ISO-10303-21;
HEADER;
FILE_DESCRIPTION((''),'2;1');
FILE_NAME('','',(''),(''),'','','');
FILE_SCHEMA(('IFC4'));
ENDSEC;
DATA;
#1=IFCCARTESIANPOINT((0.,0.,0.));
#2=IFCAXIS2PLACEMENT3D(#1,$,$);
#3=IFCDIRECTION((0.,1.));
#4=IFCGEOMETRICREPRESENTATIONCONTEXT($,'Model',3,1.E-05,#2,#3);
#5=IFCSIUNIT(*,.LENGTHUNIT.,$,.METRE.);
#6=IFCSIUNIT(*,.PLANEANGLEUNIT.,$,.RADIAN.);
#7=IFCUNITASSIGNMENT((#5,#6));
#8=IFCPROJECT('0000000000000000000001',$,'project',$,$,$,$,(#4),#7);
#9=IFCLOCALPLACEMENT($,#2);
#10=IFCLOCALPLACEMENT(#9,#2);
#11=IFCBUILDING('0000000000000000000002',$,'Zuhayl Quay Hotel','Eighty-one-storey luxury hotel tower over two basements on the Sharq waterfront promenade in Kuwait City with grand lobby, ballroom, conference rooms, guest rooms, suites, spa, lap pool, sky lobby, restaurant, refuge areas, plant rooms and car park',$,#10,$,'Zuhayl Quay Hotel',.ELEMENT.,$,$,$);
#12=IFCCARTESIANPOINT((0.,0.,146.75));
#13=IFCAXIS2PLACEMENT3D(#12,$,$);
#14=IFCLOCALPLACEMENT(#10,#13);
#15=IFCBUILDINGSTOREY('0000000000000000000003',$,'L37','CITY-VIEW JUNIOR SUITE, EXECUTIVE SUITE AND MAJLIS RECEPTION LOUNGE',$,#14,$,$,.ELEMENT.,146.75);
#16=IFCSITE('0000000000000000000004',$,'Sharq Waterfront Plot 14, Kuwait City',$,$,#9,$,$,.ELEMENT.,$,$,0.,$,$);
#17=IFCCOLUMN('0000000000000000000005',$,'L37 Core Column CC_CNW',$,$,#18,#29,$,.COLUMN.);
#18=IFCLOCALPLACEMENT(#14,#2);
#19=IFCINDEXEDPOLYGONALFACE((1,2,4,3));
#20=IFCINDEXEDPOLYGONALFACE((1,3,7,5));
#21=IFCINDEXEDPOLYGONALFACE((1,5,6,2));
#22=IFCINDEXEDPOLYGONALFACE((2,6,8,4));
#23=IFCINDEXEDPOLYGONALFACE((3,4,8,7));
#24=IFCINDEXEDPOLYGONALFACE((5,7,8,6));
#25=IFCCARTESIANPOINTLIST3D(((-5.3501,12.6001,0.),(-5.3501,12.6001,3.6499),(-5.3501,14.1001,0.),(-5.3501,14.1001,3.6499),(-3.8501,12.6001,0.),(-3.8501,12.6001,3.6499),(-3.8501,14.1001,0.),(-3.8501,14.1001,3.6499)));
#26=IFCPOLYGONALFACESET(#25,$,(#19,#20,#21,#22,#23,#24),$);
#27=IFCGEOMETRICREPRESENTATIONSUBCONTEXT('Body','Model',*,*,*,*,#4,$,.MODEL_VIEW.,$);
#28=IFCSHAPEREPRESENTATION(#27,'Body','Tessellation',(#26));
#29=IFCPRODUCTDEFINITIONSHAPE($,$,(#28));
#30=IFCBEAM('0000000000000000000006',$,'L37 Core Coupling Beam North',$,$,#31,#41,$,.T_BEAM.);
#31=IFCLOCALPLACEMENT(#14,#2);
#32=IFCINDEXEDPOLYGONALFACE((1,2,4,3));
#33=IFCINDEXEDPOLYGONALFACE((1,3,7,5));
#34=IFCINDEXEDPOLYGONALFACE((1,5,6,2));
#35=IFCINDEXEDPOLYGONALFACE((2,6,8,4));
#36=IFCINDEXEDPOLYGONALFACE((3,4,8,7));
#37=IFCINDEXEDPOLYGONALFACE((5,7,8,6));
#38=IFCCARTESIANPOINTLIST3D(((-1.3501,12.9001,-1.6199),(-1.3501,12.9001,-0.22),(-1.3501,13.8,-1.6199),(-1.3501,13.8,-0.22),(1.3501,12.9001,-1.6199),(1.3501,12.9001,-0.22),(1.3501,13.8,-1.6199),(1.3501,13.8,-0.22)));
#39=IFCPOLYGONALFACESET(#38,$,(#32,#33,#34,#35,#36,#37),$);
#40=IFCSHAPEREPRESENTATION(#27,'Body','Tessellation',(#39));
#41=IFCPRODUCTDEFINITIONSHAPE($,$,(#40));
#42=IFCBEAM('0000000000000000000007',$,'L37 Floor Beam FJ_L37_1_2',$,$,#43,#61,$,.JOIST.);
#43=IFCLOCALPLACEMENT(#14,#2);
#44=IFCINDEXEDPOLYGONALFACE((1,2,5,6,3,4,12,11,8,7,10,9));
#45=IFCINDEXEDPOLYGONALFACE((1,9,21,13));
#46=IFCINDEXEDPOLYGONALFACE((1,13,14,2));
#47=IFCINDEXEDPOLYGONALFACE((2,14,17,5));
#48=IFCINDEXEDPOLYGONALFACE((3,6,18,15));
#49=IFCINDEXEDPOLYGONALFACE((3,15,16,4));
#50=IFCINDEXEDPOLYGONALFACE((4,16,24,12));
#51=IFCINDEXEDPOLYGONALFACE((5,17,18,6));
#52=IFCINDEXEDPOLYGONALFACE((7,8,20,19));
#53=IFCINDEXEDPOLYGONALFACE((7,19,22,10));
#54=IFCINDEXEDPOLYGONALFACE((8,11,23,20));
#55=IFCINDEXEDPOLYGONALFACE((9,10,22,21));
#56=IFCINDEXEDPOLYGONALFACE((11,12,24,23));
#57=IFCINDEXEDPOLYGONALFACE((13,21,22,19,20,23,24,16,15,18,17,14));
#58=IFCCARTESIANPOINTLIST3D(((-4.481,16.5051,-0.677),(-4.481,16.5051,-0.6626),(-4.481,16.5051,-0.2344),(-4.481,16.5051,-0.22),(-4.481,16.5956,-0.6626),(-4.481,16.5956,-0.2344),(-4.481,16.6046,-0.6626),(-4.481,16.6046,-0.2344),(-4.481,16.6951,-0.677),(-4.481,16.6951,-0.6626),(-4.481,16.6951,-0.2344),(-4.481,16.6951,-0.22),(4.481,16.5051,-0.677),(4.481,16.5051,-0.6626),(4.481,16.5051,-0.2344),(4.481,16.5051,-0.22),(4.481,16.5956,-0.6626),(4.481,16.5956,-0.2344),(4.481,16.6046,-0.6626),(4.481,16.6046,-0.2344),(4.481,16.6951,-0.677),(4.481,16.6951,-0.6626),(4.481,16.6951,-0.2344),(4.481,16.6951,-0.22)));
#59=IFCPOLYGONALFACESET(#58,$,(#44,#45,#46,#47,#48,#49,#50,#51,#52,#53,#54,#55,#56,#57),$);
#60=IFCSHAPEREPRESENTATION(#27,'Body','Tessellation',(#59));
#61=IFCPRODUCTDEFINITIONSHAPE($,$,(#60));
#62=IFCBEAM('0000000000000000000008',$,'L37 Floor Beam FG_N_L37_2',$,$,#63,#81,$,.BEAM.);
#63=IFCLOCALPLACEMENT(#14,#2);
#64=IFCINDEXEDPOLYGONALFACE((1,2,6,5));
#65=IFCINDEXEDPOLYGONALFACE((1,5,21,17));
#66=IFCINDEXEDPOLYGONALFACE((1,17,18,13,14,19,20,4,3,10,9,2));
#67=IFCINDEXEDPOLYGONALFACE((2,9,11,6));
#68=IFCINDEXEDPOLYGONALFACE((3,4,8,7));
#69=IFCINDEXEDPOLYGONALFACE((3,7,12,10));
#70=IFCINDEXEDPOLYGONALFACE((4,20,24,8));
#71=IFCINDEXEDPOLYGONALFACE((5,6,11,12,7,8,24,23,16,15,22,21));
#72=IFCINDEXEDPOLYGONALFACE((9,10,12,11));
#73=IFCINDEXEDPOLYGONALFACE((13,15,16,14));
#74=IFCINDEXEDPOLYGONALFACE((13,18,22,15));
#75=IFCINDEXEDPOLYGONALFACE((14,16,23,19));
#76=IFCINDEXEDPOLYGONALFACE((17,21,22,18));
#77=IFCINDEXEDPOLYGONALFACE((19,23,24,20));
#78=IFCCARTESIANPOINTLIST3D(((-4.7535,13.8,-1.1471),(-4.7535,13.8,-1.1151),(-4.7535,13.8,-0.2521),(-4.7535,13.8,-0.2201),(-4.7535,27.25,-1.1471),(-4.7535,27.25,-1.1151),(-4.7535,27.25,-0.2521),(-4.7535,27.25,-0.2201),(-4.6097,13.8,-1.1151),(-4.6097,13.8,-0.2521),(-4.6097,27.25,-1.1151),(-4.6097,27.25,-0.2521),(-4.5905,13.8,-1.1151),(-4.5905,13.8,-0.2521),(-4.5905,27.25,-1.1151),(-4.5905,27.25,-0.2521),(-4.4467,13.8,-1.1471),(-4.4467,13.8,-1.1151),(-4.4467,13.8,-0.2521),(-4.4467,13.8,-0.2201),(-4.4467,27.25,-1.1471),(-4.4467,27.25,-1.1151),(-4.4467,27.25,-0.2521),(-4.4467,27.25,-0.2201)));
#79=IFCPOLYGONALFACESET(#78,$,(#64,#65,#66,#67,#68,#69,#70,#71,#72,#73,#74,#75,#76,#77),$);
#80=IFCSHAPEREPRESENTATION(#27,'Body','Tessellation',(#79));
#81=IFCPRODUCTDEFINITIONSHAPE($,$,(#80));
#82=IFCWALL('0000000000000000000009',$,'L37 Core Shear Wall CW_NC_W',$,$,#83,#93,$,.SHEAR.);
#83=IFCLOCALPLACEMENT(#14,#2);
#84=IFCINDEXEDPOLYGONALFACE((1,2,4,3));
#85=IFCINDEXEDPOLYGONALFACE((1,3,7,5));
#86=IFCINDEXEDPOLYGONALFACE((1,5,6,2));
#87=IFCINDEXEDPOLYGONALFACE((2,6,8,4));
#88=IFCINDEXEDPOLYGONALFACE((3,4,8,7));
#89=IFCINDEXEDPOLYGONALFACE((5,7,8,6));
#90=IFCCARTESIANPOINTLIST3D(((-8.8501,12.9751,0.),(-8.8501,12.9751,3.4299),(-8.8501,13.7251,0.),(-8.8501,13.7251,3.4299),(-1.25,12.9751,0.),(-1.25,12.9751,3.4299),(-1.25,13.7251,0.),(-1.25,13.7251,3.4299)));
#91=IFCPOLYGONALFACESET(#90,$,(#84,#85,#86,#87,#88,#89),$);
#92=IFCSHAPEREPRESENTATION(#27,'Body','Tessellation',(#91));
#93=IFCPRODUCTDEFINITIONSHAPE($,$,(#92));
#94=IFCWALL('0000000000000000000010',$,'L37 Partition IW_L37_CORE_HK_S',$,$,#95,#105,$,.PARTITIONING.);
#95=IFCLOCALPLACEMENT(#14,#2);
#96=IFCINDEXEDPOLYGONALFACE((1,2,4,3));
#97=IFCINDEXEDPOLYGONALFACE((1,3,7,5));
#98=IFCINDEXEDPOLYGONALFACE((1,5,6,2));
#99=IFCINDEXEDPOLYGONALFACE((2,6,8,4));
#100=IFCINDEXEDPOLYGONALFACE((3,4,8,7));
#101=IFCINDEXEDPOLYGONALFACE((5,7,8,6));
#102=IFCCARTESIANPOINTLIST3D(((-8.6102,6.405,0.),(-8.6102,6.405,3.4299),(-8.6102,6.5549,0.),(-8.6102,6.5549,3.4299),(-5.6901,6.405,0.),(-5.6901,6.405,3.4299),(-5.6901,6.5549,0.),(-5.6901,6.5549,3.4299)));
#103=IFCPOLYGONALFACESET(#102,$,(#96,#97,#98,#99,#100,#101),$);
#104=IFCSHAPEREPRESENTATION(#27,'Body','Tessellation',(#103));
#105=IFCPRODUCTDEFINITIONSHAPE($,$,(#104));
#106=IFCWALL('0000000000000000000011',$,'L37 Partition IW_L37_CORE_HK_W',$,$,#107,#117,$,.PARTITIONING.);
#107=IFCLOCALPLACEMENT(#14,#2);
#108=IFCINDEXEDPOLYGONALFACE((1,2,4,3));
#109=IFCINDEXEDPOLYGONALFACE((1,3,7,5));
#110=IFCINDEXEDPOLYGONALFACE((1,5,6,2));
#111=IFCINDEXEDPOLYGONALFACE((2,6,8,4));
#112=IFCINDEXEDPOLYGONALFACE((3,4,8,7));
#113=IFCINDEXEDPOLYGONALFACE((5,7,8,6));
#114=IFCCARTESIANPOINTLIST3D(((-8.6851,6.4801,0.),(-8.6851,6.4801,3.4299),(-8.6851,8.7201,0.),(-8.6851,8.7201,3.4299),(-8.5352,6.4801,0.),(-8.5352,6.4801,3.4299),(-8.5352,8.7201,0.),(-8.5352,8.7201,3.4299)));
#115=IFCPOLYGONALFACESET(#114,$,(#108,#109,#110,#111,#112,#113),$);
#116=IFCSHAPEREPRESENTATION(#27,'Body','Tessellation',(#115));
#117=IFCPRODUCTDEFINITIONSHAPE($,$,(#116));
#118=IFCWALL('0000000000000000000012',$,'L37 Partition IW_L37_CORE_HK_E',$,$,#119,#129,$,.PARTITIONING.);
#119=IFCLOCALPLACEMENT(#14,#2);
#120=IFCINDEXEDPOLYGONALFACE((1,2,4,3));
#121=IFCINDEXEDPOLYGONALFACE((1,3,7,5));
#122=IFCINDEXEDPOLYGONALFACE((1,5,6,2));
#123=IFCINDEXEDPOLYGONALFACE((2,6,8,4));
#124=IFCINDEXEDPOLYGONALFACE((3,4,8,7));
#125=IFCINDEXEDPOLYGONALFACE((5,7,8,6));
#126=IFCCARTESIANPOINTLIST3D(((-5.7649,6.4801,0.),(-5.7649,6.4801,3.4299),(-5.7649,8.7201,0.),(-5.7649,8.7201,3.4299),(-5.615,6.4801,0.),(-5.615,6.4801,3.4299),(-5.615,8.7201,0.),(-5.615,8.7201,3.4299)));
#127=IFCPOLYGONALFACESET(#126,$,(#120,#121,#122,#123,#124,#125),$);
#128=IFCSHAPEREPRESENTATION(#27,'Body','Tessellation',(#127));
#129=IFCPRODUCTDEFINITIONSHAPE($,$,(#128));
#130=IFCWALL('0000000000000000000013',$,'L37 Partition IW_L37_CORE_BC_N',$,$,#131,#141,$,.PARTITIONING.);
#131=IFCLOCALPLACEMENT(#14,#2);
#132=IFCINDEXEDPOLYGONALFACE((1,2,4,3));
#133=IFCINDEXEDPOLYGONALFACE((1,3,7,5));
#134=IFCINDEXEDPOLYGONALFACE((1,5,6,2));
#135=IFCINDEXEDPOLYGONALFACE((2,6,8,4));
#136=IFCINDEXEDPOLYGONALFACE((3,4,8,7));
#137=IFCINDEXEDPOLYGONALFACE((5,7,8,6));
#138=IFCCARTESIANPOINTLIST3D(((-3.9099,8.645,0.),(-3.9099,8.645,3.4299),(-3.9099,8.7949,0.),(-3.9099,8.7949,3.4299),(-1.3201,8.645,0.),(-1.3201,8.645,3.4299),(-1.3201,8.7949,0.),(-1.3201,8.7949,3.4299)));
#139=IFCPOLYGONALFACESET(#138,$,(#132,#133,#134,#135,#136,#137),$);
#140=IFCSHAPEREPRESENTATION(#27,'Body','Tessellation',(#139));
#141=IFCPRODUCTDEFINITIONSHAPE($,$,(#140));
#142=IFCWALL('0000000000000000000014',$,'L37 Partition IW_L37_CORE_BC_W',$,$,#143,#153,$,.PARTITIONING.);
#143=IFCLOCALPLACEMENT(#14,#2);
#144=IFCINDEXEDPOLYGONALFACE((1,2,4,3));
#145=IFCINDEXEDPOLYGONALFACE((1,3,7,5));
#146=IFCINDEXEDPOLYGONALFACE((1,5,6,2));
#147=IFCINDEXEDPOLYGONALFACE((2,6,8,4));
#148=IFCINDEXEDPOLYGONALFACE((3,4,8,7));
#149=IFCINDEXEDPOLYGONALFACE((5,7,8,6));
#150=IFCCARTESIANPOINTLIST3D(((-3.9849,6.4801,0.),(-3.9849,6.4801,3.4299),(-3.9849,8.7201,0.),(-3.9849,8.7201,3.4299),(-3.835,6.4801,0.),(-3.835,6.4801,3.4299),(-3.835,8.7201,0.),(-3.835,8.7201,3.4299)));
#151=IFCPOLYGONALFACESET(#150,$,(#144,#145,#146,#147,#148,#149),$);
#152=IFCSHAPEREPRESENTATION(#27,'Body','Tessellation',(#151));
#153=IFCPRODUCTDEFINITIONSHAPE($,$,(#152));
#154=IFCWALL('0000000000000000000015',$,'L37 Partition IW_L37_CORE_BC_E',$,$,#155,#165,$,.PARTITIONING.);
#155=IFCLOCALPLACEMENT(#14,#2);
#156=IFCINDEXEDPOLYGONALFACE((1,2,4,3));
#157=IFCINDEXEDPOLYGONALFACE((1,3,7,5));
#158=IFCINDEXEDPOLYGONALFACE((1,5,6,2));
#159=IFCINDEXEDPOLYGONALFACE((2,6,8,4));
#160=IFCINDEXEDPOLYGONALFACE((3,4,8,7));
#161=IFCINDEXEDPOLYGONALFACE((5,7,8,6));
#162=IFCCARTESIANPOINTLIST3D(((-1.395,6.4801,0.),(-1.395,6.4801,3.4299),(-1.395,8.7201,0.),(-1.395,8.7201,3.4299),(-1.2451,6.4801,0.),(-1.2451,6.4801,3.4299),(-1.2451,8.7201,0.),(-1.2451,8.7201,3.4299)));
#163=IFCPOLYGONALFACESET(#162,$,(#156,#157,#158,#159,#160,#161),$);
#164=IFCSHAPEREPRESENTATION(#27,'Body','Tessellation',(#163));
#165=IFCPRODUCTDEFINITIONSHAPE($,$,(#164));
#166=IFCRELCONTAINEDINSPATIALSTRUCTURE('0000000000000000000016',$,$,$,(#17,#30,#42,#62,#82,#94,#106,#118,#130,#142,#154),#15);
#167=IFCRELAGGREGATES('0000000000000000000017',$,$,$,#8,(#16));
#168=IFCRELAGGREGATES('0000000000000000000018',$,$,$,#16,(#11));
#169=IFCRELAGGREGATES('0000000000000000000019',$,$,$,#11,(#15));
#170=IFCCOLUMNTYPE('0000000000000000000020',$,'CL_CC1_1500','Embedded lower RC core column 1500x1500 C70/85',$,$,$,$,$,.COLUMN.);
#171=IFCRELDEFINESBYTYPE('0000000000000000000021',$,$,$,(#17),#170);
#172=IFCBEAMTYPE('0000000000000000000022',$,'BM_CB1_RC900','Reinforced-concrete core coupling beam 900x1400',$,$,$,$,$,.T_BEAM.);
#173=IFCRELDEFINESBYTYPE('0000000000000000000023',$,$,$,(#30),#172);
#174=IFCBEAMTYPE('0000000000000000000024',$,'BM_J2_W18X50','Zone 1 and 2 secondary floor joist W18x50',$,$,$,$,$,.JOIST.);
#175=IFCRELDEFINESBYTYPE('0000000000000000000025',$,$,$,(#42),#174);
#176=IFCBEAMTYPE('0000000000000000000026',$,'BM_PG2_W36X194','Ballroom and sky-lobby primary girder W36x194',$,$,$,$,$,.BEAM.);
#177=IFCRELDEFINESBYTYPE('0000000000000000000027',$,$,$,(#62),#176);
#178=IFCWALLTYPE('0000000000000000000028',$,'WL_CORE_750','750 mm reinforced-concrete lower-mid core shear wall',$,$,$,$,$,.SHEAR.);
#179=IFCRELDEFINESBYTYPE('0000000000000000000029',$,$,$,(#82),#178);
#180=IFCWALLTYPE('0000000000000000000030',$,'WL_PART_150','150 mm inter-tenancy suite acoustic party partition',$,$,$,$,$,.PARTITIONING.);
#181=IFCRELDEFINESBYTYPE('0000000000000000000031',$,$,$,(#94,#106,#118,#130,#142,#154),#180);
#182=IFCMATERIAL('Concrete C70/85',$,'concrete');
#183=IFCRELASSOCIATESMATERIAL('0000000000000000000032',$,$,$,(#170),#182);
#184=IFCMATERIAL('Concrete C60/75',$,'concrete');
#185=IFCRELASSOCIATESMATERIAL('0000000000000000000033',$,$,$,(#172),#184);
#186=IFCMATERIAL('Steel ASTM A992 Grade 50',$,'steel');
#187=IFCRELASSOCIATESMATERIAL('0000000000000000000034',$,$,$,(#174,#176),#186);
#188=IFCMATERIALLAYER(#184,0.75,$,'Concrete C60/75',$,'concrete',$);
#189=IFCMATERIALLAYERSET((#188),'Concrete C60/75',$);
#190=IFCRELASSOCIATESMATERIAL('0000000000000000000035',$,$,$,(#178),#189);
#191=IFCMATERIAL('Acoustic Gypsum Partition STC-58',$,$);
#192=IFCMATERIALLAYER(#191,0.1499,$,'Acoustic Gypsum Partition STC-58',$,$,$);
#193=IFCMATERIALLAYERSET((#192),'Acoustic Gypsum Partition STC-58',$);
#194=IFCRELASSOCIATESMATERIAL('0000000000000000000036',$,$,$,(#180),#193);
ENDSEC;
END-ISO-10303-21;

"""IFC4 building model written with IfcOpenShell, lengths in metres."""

from ifc_helpers import new_model, si_unit, direction, frame, frame_2d, origin, origin_2d, place, context, subcontext, project, spatial, rectangle, i_section, extrude, material, layer, layer_set, material_profile, profile_set, type_object, element, save


model = new_model("IFC4")

# Units and contexts
model_context = context("Model", 3, precision=1e-05, world=origin(), true_north=direction((0.0, 1.0)))
body_context = subcontext(model_context, "Body", "Model", "MODEL_VIEW")
ifc_project = project(units=[si_unit("LENGTHUNIT", "METRE"), si_unit("PLANEANGLEUNIT", "RADIAN")], contexts=[model_context])

# Site, building, storey
site_placement = place(None, origin())
site = spatial("IfcSite", under=ifc_project, at=site_placement, Name="Sharq Waterfront Plot 14, Kuwait City", CompositionType="ELEMENT", RefElevation=0.0)
building_placement = place(site_placement, origin())
building = spatial("IfcBuilding", under=site, at=building_placement, Name="Zuhayl Quay Hotel", Description="Eighty-one-storey luxury hotel tower over two basements on the Sharq waterfront promenade in Kuwait City with grand lobby, ballroom, conference rooms, guest rooms, suites, spa, lap pool, sky lobby, restaurant, refuge areas, plant rooms and car park", LongName="Zuhayl Quay Hotel", CompositionType="ELEMENT")
storey_placement = place(building_placement, frame((0.0, 0.0, 146.75)))
storey = spatial("IfcBuildingStorey", under=building, at=storey_placement, Name="L37", Description="CITY-VIEW JUNIOR SUITE, EXECUTIVE SUITE AND MAJLIS RECEPTION LOUNGE", CompositionType="ELEMENT", Elevation=146.75)

# Column
ifc_material_1 = material(Name="Concrete C70/85", Category="concrete")
ifc_material_profile_1 = material_profile(ifc_material_1, rectangle(XDim=1.5, YDim=1.5, at=origin_2d()), Name="RC1500X1500")
ifc_profile_set_1 = profile_set([ifc_material_profile_1], Name="Concrete C70/85")
column_type = type_object("IfcColumnType", Name="CL_CC1_1500", Description="Embedded lower RC core column 1500x1500 C70/85", PredefinedType="COLUMN", material=ifc_profile_set_1)
column_placement = place(storey_placement, frame((-4.6001, 13.3501, 0.0), z_axis=(0.0, 0.0, 1.0), x_axis=(1.0, 0.0, 0.0)))
element("IfcColumn", 1, at=column_placement, inside=storey, type_object=column_type, Name="L37 Core Column CC_CNW", PredefinedType="COLUMN", context=body_context, shape_type="SweptSolid", body=[
    extrude(rectangle(XDim=1.5, YDim=1.5, at=origin_2d()), origin(), (0.0, 0.0, 1.0), 3.6499),
])

# Beams
ifc_material_2 = material(Name="Concrete C60/75", Category="concrete")
ifc_material_profile_2 = material_profile(ifc_material_2, rectangle(XDim=0.8999, YDim=1.3999, at=origin_2d()), Name="RC900X1400")
ifc_profile_set_2 = profile_set([ifc_material_profile_2], Name="Concrete C60/75")
beam_type_1 = type_object("IfcBeamType", Name="BM_CB1_RC900", Description="Reinforced-concrete core coupling beam 900x1400", PredefinedType="T_BEAM", material=ifc_profile_set_2)
beam_1_placement = place(storey_placement, frame((-1.3501, 13.3501, -0.9199), z_axis=(1.0, 0.0, 0.0), x_axis=(0.0, 1.0, 0.0)))
element("IfcBeam", 2, at=beam_1_placement, inside=storey, type_object=beam_type_1, Name="L37 Core Coupling Beam North", PredefinedType="T_BEAM", context=body_context, shape_type="SweptSolid", body=[
    extrude(rectangle(XDim=0.8999, YDim=1.3999, at=origin_2d()), origin(), (0.0, 0.0, 1.0), 2.7002),
])
ifc_material_3 = material(Name="Steel ASTM A992 Grade 50", Category="steel")
ifc_material_profile_3 = material_profile(ifc_material_3, i_section(OverallWidth=0.1899, OverallDepth=0.457, WebThickness=0.009, FlangeThickness=0.0144, at=origin_2d()), Name="W18X50")
ifc_profile_set_3 = profile_set([ifc_material_profile_3], Name="Steel ASTM A992 Grade 50")
beam_type_2 = type_object("IfcBeamType", Name="BM_J2_W18X50", Description="Zone 1 and 2 secondary floor joist W18x50", PredefinedType="JOIST", material=ifc_profile_set_3)
beam_2_placement = place(storey_placement, frame((-4.481, 16.6001, -0.4485), z_axis=(1.0, 0.0, 0.0), x_axis=(0.0, 1.0, 0.0)))
element("IfcBeam", 3, at=beam_2_placement, inside=storey, type_object=beam_type_2, Name="L37 Floor Beam FJ_L37_1_2", PredefinedType="JOIST", context=body_context, shape_type="SweptSolid", body=[
    extrude(i_section(OverallWidth=0.1899, OverallDepth=0.457, WebThickness=0.009, FlangeThickness=0.0144, at=origin_2d()), origin(), (0.0, 0.0, 1.0), 8.9619),
])
ifc_material_profile_4 = material_profile(ifc_material_3, i_section(OverallWidth=0.3069, OverallDepth=0.927, WebThickness=0.0193, FlangeThickness=0.032, at=origin_2d()), Name="W36X194")
ifc_profile_set_4 = profile_set([ifc_material_profile_4], Name="Steel ASTM A992 Grade 50")
beam_type_3 = type_object("IfcBeamType", Name="BM_PG2_W36X194", Description="Ballroom and sky-lobby primary girder W36x194", PredefinedType="BEAM", material=ifc_profile_set_4)
beam_3_placement = place(storey_placement, frame((-4.6001, 13.8, -0.6836), z_axis=(0.0, 1.0, 0.0), x_axis=(-1.0, 0.0, 0.0)))
element("IfcBeam", 4, at=beam_3_placement, inside=storey, type_object=beam_type_3, Name="L37 Floor Beam FG_N_L37_2", PredefinedType="BEAM", context=body_context, shape_type="SweptSolid", body=[
    extrude(i_section(OverallWidth=0.3069, OverallDepth=0.927, WebThickness=0.0193, FlangeThickness=0.032, at=origin_2d()), origin(), (0.0, 0.0, 1.0), 13.45),
])

# Wall
ifc_layer_1 = layer(ifc_material_2, 0.75, Name="Concrete C60/75", Category="concrete")
ifc_layer_set_1 = layer_set([ifc_layer_1], Name="Concrete C60/75")
wall_type_1 = type_object("IfcWallType", Name="WL_CORE_750", Description="750 mm reinforced-concrete lower-mid core shear wall", PredefinedType="SHEAR", material=ifc_layer_set_1)
wall_1_placement = place(storey_placement, frame((-8.8501, 13.3501, 0.0), z_axis=(0.0, 0.0, 1.0), x_axis=(1.0, 0.0, 0.0)))
element("IfcWall", 5, at=wall_1_placement, inside=storey, type_object=wall_type_1, Name="L37 Core Shear Wall CW_NC_W", PredefinedType="SHEAR", context=body_context, shape_type="SweptSolid", body=[
    extrude(rectangle(XDim=7.6001, YDim=0.75, at=frame_2d((3.8, 0.0))), origin(), (0.0, 0.0, 1.0), 3.4299),
])

# Shared definitions
ifc_material_4 = material(Name="Acoustic Gypsum Partition STC-58")
ifc_layer_2 = layer(ifc_material_4, 0.1499, Name="Acoustic Gypsum Partition STC-58")
ifc_layer_set_2 = layer_set([ifc_layer_2], Name="Acoustic Gypsum Partition STC-58")
wall_type_2 = type_object("IfcWallType", Name="WL_PART_150", Description="150 mm inter-tenancy suite acoustic party partition", PredefinedType="PARTITIONING", material=ifc_layer_set_2)

# Walls
wall_2_placement = place(storey_placement, frame((-8.6101, 6.48, 0.0), z_axis=(0.0, 0.0, 1.0), x_axis=(1.0, 0.0, 0.0)))
element("IfcWall", 6, at=wall_2_placement, inside=storey, type_object=wall_type_2, Name="L37 Partition IW_L37_CORE_HK_S", PredefinedType="PARTITIONING", context=body_context, shape_type="SweptSolid", body=[
    extrude(rectangle(XDim=2.9202, YDim=0.1499, at=frame_2d((1.46, 0.0))), origin(), (0.0, 0.0, 1.0), 3.4299),
])
for number, where, z_axis, x_axis, name in (
    (7, (-8.6101, 6.48, 0.0), (0.0, 0.0, 1.0), (0.0, 1.0, 0.0), "L37 Partition IW_L37_CORE_HK_W"),
    (8, (-5.6899, 6.48, 0.0), (0.0, 0.0, 1.0), (0.0, 1.0, 0.0), "L37 Partition IW_L37_CORE_HK_E"),
):
    element("IfcWall", number, at=place(storey_placement, frame(where, z_axis=z_axis, x_axis=x_axis)), inside=storey, type_object=wall_type_2, Name=name, PredefinedType="PARTITIONING", context=body_context, shape_type="SweptSolid", body=[
        extrude(rectangle(XDim=2.24, YDim=0.1499, at=frame_2d((1.1201, 0.0))), origin(), (0.0, 0.0, 1.0), 3.4299),
    ])
wall_3_placement = place(storey_placement, frame((-3.9099, 8.72, 0.0), z_axis=(0.0, 0.0, 1.0), x_axis=(1.0, 0.0, 0.0)))
element("IfcWall", 9, at=wall_3_placement, inside=storey, type_object=wall_type_2, Name="L37 Partition IW_L37_CORE_BC_N", PredefinedType="PARTITIONING", context=body_context, shape_type="SweptSolid", body=[
    extrude(rectangle(XDim=2.5898, YDim=0.1499, at=frame_2d((1.2949, 0.0))), origin(), (0.0, 0.0, 1.0), 3.4299),
])
for number, where, z_axis, x_axis, name in (
    (10, (-3.9099, 6.48, 0.0), (0.0, 0.0, 1.0), (0.0, 1.0, 0.0), "L37 Partition IW_L37_CORE_BC_W"),
    (11, (-1.3201, 6.48, 0.0), (0.0, 0.0, 1.0), (0.0, 1.0, 0.0), "L37 Partition IW_L37_CORE_BC_E"),
):
    element("IfcWall", number, at=place(storey_placement, frame(where, z_axis=z_axis, x_axis=x_axis)), inside=storey, type_object=wall_type_2, Name=name, PredefinedType="PARTITIONING", context=body_context, shape_type="SweptSolid", body=[
        extrude(rectangle(XDim=2.24, YDim=0.1499, at=frame_2d((1.1201, 0.0))), origin(), (0.0, 0.0, 1.0), 3.4299),
    ])

save(model, "model.ifc")
